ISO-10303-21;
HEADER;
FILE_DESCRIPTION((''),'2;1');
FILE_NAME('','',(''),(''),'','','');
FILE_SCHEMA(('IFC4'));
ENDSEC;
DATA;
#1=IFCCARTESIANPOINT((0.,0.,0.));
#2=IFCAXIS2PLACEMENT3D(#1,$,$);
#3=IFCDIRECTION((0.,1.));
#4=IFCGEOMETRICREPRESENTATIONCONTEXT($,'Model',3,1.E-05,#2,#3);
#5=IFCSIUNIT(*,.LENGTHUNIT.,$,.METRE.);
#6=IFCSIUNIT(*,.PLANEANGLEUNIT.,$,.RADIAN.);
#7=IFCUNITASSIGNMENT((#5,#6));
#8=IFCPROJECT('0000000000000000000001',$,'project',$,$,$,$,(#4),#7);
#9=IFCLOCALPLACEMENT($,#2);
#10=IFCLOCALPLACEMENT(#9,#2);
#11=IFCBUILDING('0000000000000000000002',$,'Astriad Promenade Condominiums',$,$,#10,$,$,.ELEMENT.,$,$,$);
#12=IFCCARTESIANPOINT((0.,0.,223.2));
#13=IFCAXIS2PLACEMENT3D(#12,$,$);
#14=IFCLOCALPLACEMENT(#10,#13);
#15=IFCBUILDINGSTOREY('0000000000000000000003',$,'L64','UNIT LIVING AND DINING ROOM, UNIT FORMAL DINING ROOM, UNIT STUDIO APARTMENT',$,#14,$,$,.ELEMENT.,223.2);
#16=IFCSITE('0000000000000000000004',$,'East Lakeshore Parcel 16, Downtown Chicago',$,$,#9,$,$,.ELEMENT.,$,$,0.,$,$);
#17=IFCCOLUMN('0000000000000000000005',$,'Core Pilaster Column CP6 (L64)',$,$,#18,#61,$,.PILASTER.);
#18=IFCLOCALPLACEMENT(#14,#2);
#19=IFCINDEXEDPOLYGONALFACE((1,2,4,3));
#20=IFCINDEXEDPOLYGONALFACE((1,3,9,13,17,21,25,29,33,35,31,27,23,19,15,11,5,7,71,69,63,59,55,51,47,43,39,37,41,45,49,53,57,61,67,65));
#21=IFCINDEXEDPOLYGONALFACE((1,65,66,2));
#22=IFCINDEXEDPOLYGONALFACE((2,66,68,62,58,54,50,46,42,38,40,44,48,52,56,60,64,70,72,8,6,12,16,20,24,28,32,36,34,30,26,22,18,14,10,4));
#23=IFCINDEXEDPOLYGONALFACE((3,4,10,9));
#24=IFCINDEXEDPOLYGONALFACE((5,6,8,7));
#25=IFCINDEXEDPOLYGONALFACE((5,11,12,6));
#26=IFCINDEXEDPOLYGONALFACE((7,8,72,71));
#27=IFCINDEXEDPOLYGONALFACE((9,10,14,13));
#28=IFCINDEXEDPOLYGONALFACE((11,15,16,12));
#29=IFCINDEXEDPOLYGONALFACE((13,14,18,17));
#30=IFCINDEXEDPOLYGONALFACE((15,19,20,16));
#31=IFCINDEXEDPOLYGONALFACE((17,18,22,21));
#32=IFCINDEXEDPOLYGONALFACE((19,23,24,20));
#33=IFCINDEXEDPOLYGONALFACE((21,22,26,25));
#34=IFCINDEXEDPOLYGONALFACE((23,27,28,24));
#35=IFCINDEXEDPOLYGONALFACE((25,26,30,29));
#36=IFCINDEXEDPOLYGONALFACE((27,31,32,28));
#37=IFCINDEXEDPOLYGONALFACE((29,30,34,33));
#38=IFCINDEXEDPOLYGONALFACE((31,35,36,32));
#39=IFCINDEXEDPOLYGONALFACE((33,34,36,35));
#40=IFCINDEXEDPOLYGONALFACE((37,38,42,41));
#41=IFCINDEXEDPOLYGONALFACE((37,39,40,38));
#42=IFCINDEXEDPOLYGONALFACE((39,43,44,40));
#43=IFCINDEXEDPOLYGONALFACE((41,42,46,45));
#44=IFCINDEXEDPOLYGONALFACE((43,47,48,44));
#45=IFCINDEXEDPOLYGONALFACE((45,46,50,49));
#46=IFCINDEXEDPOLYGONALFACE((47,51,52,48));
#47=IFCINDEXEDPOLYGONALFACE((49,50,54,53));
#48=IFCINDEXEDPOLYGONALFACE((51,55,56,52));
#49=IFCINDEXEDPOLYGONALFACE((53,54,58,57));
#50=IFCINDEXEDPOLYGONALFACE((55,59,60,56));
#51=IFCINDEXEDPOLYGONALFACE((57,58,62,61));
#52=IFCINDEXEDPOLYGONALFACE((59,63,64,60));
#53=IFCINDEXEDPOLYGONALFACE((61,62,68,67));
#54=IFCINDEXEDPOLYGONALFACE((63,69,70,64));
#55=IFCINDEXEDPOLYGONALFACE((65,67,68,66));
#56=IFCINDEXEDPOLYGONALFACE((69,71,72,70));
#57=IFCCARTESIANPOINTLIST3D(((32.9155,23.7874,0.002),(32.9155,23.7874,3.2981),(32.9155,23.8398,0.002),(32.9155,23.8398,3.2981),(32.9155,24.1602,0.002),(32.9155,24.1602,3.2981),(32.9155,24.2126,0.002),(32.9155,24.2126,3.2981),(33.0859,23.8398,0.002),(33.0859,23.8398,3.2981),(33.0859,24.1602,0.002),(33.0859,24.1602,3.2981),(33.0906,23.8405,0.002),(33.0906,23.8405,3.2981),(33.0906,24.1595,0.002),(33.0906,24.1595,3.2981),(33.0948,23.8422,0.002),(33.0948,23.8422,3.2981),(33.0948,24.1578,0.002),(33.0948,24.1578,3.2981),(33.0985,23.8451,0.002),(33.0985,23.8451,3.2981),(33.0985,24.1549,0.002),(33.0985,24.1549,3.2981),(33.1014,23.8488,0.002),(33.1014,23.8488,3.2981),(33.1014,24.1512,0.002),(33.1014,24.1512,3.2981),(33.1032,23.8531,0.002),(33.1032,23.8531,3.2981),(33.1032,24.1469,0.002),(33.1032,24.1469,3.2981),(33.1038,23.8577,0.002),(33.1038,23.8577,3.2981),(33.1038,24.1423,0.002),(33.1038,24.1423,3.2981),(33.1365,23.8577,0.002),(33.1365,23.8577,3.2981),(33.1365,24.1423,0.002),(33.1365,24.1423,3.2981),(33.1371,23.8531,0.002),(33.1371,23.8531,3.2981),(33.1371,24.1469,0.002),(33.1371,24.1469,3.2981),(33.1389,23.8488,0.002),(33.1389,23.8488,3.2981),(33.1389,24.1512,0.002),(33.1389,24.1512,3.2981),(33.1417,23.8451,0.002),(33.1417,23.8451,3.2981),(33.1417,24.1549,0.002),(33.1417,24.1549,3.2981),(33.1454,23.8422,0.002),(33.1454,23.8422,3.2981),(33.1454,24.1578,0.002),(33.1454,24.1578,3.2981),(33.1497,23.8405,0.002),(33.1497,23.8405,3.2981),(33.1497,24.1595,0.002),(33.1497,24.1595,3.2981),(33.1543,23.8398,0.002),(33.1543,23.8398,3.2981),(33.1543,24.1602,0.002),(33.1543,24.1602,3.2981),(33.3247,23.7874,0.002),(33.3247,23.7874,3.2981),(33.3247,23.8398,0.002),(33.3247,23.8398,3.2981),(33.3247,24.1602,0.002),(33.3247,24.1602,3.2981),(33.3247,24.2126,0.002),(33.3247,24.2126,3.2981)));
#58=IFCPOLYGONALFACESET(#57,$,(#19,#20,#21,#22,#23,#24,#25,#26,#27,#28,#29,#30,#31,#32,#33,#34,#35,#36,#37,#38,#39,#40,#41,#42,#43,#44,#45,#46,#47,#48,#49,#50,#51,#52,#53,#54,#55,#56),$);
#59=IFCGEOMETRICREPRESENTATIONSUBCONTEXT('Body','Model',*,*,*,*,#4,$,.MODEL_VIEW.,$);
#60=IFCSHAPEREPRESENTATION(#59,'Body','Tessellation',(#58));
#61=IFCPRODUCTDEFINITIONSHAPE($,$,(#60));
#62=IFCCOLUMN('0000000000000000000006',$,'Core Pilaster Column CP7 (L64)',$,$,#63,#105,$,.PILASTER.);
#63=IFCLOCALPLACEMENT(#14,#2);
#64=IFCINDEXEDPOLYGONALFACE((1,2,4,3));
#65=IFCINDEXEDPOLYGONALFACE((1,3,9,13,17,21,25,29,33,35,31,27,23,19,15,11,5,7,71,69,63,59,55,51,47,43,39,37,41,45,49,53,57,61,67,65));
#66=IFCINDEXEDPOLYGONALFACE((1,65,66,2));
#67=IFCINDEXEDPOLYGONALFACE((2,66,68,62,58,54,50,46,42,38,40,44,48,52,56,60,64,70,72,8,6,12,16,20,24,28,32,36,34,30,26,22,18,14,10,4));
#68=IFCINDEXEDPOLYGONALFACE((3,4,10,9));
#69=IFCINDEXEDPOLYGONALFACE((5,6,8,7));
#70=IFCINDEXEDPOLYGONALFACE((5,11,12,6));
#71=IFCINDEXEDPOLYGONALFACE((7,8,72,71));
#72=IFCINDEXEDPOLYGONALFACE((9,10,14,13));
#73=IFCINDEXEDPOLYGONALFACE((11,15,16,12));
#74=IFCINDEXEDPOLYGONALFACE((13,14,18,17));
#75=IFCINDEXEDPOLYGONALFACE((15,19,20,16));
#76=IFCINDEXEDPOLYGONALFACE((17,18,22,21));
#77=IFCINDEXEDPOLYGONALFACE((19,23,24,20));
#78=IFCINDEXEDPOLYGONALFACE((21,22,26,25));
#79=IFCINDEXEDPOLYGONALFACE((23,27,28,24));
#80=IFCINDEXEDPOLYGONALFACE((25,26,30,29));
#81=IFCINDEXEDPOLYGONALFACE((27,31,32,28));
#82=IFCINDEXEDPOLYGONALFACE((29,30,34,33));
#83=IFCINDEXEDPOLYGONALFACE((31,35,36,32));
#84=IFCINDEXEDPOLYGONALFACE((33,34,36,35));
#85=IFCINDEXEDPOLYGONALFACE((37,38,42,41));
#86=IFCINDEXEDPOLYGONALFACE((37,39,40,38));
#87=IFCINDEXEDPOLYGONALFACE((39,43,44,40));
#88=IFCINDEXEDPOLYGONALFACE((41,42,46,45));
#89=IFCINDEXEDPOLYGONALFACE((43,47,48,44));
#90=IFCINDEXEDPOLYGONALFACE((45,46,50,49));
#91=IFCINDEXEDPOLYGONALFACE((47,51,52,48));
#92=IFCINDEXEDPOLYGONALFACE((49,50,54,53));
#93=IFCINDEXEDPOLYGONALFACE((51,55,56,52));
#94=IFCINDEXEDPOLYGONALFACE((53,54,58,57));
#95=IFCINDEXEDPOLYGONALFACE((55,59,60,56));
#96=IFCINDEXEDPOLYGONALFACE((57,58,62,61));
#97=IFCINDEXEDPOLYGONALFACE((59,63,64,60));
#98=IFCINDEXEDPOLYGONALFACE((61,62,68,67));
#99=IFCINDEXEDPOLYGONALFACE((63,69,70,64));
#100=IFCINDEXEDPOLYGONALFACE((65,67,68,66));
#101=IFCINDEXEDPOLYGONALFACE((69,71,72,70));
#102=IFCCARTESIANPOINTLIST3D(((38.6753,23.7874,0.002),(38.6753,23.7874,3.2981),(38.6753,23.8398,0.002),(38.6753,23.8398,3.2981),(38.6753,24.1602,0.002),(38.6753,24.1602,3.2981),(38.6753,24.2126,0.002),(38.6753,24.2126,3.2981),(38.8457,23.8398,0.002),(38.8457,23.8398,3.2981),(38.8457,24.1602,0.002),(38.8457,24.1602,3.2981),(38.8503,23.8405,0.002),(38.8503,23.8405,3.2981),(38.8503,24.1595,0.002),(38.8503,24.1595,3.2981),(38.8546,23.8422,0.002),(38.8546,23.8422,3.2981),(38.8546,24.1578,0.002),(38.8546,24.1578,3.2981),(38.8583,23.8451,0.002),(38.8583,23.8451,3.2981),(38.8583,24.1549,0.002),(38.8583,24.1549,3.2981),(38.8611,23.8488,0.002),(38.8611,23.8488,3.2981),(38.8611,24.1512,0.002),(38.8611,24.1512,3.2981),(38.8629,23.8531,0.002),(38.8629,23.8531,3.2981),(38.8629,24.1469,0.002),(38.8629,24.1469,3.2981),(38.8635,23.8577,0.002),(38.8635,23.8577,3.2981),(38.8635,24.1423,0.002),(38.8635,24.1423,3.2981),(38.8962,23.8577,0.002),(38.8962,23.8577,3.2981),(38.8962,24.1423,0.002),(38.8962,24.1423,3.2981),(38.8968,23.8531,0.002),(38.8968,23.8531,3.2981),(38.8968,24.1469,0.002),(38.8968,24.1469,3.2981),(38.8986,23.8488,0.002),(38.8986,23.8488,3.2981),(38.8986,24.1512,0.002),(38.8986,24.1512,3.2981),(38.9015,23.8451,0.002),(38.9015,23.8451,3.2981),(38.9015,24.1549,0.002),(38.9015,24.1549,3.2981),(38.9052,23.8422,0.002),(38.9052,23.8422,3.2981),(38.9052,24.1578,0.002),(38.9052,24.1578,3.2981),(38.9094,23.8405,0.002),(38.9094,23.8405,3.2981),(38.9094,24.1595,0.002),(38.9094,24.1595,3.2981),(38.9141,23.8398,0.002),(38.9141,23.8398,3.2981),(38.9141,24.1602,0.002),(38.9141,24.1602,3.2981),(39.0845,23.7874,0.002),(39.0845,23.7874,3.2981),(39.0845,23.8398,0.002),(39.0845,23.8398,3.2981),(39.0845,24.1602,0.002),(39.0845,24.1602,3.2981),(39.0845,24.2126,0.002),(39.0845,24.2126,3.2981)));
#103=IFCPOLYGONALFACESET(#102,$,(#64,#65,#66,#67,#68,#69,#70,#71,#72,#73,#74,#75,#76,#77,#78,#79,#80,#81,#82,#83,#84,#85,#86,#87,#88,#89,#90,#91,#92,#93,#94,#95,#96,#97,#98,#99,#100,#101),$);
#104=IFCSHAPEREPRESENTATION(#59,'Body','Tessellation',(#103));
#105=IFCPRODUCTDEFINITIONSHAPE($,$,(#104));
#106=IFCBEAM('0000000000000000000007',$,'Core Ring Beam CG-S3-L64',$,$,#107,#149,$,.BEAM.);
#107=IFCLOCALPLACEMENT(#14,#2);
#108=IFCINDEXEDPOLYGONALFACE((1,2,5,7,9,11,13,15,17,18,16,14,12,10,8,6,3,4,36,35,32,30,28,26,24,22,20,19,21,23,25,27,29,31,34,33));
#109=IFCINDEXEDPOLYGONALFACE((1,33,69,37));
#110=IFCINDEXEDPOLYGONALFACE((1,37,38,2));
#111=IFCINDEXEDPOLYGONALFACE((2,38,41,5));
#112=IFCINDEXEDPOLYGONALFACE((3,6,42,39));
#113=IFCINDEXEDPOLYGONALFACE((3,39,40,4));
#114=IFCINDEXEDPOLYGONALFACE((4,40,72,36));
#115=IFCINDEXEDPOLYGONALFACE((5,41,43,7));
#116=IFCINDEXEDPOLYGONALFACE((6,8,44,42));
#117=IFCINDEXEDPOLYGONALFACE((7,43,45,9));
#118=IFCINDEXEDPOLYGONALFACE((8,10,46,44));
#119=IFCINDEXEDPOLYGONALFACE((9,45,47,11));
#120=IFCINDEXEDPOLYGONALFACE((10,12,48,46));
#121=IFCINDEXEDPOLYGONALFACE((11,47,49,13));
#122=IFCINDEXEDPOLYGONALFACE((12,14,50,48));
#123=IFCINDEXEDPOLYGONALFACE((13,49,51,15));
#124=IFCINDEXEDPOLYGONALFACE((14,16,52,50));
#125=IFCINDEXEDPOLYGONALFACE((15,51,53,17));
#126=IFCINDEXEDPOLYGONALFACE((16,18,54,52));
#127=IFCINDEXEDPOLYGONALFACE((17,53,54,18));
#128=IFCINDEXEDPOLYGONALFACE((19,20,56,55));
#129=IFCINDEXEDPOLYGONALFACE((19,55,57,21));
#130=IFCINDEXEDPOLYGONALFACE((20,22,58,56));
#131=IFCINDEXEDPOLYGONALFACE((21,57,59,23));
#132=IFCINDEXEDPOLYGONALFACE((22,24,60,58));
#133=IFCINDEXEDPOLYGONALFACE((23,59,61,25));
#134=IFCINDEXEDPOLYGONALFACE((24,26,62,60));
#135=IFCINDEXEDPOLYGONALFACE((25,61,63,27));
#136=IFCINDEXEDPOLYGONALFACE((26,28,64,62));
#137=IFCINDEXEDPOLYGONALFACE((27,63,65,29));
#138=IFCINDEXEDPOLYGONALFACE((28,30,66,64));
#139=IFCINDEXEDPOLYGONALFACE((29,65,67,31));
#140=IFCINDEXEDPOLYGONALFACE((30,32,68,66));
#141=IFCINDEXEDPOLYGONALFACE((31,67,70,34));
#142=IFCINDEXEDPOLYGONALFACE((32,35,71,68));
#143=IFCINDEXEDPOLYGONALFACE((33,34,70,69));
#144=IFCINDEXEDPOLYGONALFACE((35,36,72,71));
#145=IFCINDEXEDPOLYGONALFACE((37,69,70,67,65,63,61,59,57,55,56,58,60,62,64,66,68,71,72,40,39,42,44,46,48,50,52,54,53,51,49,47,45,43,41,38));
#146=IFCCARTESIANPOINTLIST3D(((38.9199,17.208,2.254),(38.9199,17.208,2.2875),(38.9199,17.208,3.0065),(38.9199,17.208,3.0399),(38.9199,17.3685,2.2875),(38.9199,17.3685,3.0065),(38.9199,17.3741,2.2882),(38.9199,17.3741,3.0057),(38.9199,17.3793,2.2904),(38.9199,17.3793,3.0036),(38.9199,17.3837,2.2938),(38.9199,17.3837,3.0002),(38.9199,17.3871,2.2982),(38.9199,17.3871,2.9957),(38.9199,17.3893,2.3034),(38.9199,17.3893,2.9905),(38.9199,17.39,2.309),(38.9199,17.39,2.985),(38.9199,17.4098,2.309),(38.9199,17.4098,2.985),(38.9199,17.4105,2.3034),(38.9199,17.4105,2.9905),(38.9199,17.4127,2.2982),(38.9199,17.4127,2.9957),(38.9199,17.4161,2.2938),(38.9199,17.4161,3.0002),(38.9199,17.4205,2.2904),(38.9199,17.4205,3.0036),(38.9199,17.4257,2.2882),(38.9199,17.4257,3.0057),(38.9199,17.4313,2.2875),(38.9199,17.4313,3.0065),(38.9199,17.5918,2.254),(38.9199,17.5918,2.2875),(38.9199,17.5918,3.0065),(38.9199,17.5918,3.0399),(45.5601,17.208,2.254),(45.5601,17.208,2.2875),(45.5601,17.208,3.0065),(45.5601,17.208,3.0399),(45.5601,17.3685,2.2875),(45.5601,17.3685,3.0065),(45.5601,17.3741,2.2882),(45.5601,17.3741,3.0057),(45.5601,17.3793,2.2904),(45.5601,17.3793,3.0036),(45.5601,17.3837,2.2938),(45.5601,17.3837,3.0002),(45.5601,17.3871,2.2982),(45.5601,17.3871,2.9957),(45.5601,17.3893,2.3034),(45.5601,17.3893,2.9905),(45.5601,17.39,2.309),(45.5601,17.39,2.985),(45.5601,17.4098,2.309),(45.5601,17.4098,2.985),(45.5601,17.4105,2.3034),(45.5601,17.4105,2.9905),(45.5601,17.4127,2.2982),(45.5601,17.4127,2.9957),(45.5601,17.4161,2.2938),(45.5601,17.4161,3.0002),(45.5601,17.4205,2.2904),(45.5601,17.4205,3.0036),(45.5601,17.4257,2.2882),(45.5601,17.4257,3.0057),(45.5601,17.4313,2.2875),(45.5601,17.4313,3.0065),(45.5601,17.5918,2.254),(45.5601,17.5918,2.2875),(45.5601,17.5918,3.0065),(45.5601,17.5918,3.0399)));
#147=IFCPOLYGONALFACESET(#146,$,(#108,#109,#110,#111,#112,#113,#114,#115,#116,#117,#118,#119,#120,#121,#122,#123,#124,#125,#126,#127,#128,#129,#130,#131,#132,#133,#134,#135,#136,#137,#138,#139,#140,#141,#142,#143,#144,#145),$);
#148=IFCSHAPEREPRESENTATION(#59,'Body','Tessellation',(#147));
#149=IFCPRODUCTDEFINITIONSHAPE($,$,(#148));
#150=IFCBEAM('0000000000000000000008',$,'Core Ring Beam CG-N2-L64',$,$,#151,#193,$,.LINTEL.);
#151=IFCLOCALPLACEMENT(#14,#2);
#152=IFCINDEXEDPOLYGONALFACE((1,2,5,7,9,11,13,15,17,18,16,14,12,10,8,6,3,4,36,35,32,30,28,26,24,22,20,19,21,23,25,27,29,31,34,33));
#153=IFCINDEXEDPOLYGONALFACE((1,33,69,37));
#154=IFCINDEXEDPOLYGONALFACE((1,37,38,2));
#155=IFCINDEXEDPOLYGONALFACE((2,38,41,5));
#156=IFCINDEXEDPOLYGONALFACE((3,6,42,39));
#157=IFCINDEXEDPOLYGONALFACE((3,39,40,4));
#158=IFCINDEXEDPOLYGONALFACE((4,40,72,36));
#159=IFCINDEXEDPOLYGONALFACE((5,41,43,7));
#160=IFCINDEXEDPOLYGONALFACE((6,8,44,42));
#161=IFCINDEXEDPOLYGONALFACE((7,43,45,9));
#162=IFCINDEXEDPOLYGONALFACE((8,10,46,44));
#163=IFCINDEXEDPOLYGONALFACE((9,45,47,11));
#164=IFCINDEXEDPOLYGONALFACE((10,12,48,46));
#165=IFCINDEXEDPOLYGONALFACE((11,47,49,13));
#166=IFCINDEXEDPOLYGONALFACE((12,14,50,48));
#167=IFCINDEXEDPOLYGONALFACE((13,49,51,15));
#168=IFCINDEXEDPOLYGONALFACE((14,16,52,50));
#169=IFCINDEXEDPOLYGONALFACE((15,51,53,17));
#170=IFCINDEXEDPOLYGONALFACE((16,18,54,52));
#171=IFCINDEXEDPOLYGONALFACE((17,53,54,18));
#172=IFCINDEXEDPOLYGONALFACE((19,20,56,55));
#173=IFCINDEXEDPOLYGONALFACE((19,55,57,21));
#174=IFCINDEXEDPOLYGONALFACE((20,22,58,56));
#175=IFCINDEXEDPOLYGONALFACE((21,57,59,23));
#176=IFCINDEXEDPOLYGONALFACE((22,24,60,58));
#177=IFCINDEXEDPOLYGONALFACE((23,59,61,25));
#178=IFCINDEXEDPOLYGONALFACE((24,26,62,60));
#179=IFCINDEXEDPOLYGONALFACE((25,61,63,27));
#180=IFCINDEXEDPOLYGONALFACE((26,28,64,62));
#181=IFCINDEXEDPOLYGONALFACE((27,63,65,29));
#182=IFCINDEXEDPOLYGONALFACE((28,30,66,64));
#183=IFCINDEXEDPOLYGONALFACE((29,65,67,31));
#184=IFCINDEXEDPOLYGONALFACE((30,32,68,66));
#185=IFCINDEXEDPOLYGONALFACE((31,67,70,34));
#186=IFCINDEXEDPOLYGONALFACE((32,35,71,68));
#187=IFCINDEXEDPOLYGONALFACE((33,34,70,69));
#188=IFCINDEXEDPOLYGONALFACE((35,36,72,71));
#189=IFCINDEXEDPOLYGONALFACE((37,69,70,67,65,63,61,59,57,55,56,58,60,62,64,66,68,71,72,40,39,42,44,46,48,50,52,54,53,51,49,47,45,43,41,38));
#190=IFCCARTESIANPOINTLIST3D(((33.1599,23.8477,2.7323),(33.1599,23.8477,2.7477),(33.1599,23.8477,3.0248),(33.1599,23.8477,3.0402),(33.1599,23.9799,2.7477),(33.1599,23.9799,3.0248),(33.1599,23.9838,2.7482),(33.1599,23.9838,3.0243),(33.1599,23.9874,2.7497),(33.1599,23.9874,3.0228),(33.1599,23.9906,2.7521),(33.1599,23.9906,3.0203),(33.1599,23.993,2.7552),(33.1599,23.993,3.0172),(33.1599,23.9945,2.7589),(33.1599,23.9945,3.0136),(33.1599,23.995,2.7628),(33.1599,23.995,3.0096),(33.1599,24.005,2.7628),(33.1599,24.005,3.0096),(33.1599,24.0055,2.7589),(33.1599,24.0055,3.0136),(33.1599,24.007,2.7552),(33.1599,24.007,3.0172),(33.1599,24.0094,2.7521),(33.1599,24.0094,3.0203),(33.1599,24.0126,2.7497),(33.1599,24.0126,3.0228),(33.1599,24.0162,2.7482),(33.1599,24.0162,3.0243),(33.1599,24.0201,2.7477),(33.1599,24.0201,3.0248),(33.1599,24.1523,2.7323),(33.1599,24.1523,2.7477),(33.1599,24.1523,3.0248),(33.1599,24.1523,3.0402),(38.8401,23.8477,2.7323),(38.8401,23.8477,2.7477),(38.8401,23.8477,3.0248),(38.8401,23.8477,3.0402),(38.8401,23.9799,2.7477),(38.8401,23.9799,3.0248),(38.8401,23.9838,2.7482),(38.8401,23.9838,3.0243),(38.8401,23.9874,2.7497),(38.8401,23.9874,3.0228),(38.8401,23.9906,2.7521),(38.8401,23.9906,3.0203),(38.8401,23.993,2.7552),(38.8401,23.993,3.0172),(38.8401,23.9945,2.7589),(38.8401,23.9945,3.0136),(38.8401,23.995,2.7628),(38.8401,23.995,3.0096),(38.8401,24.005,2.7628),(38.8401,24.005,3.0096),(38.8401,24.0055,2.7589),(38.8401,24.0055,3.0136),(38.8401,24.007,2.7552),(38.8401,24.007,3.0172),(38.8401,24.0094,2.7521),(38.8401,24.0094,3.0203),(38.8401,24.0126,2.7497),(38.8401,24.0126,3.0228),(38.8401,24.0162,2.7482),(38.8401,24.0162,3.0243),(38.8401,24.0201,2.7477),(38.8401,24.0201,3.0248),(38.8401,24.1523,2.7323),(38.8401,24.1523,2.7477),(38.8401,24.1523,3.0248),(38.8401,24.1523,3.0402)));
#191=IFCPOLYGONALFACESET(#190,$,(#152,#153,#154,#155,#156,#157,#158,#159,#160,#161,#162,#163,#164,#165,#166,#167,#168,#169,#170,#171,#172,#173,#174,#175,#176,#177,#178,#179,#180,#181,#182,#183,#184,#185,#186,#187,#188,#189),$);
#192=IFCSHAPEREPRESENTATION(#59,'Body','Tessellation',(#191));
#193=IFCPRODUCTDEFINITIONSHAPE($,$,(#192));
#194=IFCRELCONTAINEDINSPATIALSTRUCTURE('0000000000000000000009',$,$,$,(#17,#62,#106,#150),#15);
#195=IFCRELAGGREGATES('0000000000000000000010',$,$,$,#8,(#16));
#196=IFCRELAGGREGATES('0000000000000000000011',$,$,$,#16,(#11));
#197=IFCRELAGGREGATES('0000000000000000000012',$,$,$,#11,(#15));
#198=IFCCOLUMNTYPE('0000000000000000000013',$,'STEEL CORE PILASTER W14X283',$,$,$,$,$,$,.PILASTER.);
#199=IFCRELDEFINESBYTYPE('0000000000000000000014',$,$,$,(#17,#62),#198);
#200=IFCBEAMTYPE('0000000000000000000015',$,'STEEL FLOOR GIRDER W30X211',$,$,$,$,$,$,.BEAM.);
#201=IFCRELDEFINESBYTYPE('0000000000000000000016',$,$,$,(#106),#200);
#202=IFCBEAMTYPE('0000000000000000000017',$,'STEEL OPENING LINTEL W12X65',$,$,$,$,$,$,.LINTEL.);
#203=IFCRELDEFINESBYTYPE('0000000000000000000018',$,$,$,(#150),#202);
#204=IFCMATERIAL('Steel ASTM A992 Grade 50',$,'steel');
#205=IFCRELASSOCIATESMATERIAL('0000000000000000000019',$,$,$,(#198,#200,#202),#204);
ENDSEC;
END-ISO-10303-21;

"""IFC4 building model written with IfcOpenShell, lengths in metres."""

from ifc_helpers import new_model, si_unit, direction, frame, origin, origin_2d, place, context, subcontext, project, spatial, i_section, extrude, source, transform, mapped, material, material_profile, profile_set, type_object, type_shapes, element, save


model = new_model("IFC4")

# Units and contexts
model_context = context("Model", 3, precision=1e-05, world=origin(), true_north=direction((0.0, 1.0)))
body_context = subcontext(model_context, "Body", "Model", "MODEL_VIEW")
ifc_project = project(units=[si_unit("LENGTHUNIT", "METRE"), si_unit("PLANEANGLEUNIT", "RADIAN")], contexts=[model_context])

# Site, building, storey
site_placement = place(None, origin())
site = spatial("IfcSite", under=ifc_project, at=site_placement, Name="East Lakeshore Parcel 16, Downtown Chicago", CompositionType="ELEMENT", RefElevation=0.0)
building_placement = place(site_placement, origin())
building = spatial("IfcBuilding", under=site, at=building_placement, Name="Astriad Promenade Condominiums", CompositionType="ELEMENT")
storey_placement = place(building_placement, frame((0.0, 0.0, 223.2)))
storey = spatial("IfcBuildingStorey", under=building, at=storey_placement, Name="L64", Description="UNIT LIVING AND DINING ROOM, UNIT FORMAL DINING ROOM, UNIT STUDIO APARTMENT", CompositionType="ELEMENT", Elevation=223.2)

# Columns
ifc_material_1 = material(Name="Steel ASTM A992 Grade 50", Category="steel")
ifc_material_profile_1 = material_profile(ifc_material_1, i_section(OverallWidth=0.4092, OverallDepth=0.4253, WebThickness=0.0327, FlangeThickness=0.0525, FilletRadius=0.0178, at=origin_2d()), Name="W14X283")
ifc_profile_set_1 = profile_set([ifc_material_profile_1], Name="Steel ASTM A992 Grade 50")
column_type = type_object("IfcColumnType", Name="STEEL CORE PILASTER W14X283", PredefinedType="PILASTER", material=ifc_profile_set_1)
shared_shape_1 = source(origin(), body_context, "Body", "SweptSolid", [
    extrude(i_section(OverallWidth=0.4092, OverallDepth=0.4253, WebThickness=0.0327, FlangeThickness=0.0525, FilletRadius=0.0178, at=origin_2d()), origin(), (0.0, 0.0, 1.0), 3.2961),
])
type_shapes(column_type, [shared_shape_1])
for number, where, z_axis, x_axis, name in (
    (1, (33.1201, 24.0, 0.002), (0.0, 0.0, 1.0), (1.0, 0.0, 0.0), "Core Pilaster Column CP6 (L64)"),
    (2, (38.8799, 24.0, 0.002), (0.0, 0.0, 1.0), (1.0, 0.0, 0.0), "Core Pilaster Column CP7 (L64)"),
):
    element("IfcColumn", number, at=place(storey_placement, frame(where, z_axis=z_axis, x_axis=x_axis)), inside=storey, type_object=column_type, Name=name, PredefinedType="PILASTER", context=body_context, shape_type="MappedRepresentation", body=[
        mapped(shared_shape_1, transform((0.0, 0.0, 0.0), scale=1.0)),
    ])

# Beams
ifc_material_profile_2 = material_profile(ifc_material_1, i_section(OverallWidth=0.3838, OverallDepth=0.7859, WebThickness=0.0198, FlangeThickness=0.0334, FilletRadius=0.0215, at=origin_2d()), Name="W30X211")
ifc_profile_set_2 = profile_set([ifc_material_profile_2], Name="Steel ASTM A992 Grade 50")
beam_type_1 = type_object("IfcBeamType", Name="STEEL FLOOR GIRDER W30X211", PredefinedType="BEAM", material=ifc_profile_set_2)
shared_shape_2 = source(origin(), body_context, "Body", "SweptSolid", [
    extrude(i_section(OverallWidth=0.3838, OverallDepth=0.7859, WebThickness=0.0198, FlangeThickness=0.0334, FilletRadius=0.0215, at=origin_2d()), origin(), (0.0, 0.0, 1.0), 6.6401),
])
type_shapes(beam_type_1, [shared_shape_2])
beam_1_placement = place(storey_placement, frame((38.9199, 17.3999, 2.647), z_axis=(1.0, 0.0, 0.0), x_axis=(0.0, 1.0, 0.0)))
element("IfcBeam", 3, at=beam_1_placement, inside=storey, type_object=beam_type_1, Name="Core Ring Beam CG-S3-L64", PredefinedType="BEAM", context=body_context, shape_type="MappedRepresentation", body=[
    mapped(shared_shape_2, transform((0.0, 0.0, 0.0), scale=1.0)),
])
ifc_material_profile_3 = material_profile(ifc_material_1, i_section(OverallWidth=0.3047, OverallDepth=0.3079, WebThickness=0.01, FlangeThickness=0.0154, FilletRadius=0.0151, at=origin_2d()), Name="W12X65")
ifc_profile_set_3 = profile_set([ifc_material_profile_3], Name="Steel ASTM A992 Grade 50")
beam_type_2 = type_object("IfcBeamType", Name="STEEL OPENING LINTEL W12X65", PredefinedType="LINTEL", material=ifc_profile_set_3)
shared_shape_3 = source(origin(), body_context, "Body", "SweptSolid", [
    extrude(i_section(OverallWidth=0.3047, OverallDepth=0.3079, WebThickness=0.01, FlangeThickness=0.0154, FilletRadius=0.0151, at=origin_2d()), origin(), (0.0, 0.0, 1.0), 5.6802),
])
type_shapes(beam_type_2, [shared_shape_3])
beam_2_placement = place(storey_placement, frame((33.1599, 24.0, 2.8862), z_axis=(1.0, 0.0, 0.0), x_axis=(0.0, 1.0, 0.0)))
element("IfcBeam", 4, at=beam_2_placement, inside=storey, type_object=beam_type_2, Name="Core Ring Beam CG-N2-L64", PredefinedType="LINTEL", context=body_context, shape_type="MappedRepresentation", body=[
    mapped(shared_shape_3, transform((0.0, 0.0, 0.0), scale=1.0)),
])

save(model, "model.ifc")
